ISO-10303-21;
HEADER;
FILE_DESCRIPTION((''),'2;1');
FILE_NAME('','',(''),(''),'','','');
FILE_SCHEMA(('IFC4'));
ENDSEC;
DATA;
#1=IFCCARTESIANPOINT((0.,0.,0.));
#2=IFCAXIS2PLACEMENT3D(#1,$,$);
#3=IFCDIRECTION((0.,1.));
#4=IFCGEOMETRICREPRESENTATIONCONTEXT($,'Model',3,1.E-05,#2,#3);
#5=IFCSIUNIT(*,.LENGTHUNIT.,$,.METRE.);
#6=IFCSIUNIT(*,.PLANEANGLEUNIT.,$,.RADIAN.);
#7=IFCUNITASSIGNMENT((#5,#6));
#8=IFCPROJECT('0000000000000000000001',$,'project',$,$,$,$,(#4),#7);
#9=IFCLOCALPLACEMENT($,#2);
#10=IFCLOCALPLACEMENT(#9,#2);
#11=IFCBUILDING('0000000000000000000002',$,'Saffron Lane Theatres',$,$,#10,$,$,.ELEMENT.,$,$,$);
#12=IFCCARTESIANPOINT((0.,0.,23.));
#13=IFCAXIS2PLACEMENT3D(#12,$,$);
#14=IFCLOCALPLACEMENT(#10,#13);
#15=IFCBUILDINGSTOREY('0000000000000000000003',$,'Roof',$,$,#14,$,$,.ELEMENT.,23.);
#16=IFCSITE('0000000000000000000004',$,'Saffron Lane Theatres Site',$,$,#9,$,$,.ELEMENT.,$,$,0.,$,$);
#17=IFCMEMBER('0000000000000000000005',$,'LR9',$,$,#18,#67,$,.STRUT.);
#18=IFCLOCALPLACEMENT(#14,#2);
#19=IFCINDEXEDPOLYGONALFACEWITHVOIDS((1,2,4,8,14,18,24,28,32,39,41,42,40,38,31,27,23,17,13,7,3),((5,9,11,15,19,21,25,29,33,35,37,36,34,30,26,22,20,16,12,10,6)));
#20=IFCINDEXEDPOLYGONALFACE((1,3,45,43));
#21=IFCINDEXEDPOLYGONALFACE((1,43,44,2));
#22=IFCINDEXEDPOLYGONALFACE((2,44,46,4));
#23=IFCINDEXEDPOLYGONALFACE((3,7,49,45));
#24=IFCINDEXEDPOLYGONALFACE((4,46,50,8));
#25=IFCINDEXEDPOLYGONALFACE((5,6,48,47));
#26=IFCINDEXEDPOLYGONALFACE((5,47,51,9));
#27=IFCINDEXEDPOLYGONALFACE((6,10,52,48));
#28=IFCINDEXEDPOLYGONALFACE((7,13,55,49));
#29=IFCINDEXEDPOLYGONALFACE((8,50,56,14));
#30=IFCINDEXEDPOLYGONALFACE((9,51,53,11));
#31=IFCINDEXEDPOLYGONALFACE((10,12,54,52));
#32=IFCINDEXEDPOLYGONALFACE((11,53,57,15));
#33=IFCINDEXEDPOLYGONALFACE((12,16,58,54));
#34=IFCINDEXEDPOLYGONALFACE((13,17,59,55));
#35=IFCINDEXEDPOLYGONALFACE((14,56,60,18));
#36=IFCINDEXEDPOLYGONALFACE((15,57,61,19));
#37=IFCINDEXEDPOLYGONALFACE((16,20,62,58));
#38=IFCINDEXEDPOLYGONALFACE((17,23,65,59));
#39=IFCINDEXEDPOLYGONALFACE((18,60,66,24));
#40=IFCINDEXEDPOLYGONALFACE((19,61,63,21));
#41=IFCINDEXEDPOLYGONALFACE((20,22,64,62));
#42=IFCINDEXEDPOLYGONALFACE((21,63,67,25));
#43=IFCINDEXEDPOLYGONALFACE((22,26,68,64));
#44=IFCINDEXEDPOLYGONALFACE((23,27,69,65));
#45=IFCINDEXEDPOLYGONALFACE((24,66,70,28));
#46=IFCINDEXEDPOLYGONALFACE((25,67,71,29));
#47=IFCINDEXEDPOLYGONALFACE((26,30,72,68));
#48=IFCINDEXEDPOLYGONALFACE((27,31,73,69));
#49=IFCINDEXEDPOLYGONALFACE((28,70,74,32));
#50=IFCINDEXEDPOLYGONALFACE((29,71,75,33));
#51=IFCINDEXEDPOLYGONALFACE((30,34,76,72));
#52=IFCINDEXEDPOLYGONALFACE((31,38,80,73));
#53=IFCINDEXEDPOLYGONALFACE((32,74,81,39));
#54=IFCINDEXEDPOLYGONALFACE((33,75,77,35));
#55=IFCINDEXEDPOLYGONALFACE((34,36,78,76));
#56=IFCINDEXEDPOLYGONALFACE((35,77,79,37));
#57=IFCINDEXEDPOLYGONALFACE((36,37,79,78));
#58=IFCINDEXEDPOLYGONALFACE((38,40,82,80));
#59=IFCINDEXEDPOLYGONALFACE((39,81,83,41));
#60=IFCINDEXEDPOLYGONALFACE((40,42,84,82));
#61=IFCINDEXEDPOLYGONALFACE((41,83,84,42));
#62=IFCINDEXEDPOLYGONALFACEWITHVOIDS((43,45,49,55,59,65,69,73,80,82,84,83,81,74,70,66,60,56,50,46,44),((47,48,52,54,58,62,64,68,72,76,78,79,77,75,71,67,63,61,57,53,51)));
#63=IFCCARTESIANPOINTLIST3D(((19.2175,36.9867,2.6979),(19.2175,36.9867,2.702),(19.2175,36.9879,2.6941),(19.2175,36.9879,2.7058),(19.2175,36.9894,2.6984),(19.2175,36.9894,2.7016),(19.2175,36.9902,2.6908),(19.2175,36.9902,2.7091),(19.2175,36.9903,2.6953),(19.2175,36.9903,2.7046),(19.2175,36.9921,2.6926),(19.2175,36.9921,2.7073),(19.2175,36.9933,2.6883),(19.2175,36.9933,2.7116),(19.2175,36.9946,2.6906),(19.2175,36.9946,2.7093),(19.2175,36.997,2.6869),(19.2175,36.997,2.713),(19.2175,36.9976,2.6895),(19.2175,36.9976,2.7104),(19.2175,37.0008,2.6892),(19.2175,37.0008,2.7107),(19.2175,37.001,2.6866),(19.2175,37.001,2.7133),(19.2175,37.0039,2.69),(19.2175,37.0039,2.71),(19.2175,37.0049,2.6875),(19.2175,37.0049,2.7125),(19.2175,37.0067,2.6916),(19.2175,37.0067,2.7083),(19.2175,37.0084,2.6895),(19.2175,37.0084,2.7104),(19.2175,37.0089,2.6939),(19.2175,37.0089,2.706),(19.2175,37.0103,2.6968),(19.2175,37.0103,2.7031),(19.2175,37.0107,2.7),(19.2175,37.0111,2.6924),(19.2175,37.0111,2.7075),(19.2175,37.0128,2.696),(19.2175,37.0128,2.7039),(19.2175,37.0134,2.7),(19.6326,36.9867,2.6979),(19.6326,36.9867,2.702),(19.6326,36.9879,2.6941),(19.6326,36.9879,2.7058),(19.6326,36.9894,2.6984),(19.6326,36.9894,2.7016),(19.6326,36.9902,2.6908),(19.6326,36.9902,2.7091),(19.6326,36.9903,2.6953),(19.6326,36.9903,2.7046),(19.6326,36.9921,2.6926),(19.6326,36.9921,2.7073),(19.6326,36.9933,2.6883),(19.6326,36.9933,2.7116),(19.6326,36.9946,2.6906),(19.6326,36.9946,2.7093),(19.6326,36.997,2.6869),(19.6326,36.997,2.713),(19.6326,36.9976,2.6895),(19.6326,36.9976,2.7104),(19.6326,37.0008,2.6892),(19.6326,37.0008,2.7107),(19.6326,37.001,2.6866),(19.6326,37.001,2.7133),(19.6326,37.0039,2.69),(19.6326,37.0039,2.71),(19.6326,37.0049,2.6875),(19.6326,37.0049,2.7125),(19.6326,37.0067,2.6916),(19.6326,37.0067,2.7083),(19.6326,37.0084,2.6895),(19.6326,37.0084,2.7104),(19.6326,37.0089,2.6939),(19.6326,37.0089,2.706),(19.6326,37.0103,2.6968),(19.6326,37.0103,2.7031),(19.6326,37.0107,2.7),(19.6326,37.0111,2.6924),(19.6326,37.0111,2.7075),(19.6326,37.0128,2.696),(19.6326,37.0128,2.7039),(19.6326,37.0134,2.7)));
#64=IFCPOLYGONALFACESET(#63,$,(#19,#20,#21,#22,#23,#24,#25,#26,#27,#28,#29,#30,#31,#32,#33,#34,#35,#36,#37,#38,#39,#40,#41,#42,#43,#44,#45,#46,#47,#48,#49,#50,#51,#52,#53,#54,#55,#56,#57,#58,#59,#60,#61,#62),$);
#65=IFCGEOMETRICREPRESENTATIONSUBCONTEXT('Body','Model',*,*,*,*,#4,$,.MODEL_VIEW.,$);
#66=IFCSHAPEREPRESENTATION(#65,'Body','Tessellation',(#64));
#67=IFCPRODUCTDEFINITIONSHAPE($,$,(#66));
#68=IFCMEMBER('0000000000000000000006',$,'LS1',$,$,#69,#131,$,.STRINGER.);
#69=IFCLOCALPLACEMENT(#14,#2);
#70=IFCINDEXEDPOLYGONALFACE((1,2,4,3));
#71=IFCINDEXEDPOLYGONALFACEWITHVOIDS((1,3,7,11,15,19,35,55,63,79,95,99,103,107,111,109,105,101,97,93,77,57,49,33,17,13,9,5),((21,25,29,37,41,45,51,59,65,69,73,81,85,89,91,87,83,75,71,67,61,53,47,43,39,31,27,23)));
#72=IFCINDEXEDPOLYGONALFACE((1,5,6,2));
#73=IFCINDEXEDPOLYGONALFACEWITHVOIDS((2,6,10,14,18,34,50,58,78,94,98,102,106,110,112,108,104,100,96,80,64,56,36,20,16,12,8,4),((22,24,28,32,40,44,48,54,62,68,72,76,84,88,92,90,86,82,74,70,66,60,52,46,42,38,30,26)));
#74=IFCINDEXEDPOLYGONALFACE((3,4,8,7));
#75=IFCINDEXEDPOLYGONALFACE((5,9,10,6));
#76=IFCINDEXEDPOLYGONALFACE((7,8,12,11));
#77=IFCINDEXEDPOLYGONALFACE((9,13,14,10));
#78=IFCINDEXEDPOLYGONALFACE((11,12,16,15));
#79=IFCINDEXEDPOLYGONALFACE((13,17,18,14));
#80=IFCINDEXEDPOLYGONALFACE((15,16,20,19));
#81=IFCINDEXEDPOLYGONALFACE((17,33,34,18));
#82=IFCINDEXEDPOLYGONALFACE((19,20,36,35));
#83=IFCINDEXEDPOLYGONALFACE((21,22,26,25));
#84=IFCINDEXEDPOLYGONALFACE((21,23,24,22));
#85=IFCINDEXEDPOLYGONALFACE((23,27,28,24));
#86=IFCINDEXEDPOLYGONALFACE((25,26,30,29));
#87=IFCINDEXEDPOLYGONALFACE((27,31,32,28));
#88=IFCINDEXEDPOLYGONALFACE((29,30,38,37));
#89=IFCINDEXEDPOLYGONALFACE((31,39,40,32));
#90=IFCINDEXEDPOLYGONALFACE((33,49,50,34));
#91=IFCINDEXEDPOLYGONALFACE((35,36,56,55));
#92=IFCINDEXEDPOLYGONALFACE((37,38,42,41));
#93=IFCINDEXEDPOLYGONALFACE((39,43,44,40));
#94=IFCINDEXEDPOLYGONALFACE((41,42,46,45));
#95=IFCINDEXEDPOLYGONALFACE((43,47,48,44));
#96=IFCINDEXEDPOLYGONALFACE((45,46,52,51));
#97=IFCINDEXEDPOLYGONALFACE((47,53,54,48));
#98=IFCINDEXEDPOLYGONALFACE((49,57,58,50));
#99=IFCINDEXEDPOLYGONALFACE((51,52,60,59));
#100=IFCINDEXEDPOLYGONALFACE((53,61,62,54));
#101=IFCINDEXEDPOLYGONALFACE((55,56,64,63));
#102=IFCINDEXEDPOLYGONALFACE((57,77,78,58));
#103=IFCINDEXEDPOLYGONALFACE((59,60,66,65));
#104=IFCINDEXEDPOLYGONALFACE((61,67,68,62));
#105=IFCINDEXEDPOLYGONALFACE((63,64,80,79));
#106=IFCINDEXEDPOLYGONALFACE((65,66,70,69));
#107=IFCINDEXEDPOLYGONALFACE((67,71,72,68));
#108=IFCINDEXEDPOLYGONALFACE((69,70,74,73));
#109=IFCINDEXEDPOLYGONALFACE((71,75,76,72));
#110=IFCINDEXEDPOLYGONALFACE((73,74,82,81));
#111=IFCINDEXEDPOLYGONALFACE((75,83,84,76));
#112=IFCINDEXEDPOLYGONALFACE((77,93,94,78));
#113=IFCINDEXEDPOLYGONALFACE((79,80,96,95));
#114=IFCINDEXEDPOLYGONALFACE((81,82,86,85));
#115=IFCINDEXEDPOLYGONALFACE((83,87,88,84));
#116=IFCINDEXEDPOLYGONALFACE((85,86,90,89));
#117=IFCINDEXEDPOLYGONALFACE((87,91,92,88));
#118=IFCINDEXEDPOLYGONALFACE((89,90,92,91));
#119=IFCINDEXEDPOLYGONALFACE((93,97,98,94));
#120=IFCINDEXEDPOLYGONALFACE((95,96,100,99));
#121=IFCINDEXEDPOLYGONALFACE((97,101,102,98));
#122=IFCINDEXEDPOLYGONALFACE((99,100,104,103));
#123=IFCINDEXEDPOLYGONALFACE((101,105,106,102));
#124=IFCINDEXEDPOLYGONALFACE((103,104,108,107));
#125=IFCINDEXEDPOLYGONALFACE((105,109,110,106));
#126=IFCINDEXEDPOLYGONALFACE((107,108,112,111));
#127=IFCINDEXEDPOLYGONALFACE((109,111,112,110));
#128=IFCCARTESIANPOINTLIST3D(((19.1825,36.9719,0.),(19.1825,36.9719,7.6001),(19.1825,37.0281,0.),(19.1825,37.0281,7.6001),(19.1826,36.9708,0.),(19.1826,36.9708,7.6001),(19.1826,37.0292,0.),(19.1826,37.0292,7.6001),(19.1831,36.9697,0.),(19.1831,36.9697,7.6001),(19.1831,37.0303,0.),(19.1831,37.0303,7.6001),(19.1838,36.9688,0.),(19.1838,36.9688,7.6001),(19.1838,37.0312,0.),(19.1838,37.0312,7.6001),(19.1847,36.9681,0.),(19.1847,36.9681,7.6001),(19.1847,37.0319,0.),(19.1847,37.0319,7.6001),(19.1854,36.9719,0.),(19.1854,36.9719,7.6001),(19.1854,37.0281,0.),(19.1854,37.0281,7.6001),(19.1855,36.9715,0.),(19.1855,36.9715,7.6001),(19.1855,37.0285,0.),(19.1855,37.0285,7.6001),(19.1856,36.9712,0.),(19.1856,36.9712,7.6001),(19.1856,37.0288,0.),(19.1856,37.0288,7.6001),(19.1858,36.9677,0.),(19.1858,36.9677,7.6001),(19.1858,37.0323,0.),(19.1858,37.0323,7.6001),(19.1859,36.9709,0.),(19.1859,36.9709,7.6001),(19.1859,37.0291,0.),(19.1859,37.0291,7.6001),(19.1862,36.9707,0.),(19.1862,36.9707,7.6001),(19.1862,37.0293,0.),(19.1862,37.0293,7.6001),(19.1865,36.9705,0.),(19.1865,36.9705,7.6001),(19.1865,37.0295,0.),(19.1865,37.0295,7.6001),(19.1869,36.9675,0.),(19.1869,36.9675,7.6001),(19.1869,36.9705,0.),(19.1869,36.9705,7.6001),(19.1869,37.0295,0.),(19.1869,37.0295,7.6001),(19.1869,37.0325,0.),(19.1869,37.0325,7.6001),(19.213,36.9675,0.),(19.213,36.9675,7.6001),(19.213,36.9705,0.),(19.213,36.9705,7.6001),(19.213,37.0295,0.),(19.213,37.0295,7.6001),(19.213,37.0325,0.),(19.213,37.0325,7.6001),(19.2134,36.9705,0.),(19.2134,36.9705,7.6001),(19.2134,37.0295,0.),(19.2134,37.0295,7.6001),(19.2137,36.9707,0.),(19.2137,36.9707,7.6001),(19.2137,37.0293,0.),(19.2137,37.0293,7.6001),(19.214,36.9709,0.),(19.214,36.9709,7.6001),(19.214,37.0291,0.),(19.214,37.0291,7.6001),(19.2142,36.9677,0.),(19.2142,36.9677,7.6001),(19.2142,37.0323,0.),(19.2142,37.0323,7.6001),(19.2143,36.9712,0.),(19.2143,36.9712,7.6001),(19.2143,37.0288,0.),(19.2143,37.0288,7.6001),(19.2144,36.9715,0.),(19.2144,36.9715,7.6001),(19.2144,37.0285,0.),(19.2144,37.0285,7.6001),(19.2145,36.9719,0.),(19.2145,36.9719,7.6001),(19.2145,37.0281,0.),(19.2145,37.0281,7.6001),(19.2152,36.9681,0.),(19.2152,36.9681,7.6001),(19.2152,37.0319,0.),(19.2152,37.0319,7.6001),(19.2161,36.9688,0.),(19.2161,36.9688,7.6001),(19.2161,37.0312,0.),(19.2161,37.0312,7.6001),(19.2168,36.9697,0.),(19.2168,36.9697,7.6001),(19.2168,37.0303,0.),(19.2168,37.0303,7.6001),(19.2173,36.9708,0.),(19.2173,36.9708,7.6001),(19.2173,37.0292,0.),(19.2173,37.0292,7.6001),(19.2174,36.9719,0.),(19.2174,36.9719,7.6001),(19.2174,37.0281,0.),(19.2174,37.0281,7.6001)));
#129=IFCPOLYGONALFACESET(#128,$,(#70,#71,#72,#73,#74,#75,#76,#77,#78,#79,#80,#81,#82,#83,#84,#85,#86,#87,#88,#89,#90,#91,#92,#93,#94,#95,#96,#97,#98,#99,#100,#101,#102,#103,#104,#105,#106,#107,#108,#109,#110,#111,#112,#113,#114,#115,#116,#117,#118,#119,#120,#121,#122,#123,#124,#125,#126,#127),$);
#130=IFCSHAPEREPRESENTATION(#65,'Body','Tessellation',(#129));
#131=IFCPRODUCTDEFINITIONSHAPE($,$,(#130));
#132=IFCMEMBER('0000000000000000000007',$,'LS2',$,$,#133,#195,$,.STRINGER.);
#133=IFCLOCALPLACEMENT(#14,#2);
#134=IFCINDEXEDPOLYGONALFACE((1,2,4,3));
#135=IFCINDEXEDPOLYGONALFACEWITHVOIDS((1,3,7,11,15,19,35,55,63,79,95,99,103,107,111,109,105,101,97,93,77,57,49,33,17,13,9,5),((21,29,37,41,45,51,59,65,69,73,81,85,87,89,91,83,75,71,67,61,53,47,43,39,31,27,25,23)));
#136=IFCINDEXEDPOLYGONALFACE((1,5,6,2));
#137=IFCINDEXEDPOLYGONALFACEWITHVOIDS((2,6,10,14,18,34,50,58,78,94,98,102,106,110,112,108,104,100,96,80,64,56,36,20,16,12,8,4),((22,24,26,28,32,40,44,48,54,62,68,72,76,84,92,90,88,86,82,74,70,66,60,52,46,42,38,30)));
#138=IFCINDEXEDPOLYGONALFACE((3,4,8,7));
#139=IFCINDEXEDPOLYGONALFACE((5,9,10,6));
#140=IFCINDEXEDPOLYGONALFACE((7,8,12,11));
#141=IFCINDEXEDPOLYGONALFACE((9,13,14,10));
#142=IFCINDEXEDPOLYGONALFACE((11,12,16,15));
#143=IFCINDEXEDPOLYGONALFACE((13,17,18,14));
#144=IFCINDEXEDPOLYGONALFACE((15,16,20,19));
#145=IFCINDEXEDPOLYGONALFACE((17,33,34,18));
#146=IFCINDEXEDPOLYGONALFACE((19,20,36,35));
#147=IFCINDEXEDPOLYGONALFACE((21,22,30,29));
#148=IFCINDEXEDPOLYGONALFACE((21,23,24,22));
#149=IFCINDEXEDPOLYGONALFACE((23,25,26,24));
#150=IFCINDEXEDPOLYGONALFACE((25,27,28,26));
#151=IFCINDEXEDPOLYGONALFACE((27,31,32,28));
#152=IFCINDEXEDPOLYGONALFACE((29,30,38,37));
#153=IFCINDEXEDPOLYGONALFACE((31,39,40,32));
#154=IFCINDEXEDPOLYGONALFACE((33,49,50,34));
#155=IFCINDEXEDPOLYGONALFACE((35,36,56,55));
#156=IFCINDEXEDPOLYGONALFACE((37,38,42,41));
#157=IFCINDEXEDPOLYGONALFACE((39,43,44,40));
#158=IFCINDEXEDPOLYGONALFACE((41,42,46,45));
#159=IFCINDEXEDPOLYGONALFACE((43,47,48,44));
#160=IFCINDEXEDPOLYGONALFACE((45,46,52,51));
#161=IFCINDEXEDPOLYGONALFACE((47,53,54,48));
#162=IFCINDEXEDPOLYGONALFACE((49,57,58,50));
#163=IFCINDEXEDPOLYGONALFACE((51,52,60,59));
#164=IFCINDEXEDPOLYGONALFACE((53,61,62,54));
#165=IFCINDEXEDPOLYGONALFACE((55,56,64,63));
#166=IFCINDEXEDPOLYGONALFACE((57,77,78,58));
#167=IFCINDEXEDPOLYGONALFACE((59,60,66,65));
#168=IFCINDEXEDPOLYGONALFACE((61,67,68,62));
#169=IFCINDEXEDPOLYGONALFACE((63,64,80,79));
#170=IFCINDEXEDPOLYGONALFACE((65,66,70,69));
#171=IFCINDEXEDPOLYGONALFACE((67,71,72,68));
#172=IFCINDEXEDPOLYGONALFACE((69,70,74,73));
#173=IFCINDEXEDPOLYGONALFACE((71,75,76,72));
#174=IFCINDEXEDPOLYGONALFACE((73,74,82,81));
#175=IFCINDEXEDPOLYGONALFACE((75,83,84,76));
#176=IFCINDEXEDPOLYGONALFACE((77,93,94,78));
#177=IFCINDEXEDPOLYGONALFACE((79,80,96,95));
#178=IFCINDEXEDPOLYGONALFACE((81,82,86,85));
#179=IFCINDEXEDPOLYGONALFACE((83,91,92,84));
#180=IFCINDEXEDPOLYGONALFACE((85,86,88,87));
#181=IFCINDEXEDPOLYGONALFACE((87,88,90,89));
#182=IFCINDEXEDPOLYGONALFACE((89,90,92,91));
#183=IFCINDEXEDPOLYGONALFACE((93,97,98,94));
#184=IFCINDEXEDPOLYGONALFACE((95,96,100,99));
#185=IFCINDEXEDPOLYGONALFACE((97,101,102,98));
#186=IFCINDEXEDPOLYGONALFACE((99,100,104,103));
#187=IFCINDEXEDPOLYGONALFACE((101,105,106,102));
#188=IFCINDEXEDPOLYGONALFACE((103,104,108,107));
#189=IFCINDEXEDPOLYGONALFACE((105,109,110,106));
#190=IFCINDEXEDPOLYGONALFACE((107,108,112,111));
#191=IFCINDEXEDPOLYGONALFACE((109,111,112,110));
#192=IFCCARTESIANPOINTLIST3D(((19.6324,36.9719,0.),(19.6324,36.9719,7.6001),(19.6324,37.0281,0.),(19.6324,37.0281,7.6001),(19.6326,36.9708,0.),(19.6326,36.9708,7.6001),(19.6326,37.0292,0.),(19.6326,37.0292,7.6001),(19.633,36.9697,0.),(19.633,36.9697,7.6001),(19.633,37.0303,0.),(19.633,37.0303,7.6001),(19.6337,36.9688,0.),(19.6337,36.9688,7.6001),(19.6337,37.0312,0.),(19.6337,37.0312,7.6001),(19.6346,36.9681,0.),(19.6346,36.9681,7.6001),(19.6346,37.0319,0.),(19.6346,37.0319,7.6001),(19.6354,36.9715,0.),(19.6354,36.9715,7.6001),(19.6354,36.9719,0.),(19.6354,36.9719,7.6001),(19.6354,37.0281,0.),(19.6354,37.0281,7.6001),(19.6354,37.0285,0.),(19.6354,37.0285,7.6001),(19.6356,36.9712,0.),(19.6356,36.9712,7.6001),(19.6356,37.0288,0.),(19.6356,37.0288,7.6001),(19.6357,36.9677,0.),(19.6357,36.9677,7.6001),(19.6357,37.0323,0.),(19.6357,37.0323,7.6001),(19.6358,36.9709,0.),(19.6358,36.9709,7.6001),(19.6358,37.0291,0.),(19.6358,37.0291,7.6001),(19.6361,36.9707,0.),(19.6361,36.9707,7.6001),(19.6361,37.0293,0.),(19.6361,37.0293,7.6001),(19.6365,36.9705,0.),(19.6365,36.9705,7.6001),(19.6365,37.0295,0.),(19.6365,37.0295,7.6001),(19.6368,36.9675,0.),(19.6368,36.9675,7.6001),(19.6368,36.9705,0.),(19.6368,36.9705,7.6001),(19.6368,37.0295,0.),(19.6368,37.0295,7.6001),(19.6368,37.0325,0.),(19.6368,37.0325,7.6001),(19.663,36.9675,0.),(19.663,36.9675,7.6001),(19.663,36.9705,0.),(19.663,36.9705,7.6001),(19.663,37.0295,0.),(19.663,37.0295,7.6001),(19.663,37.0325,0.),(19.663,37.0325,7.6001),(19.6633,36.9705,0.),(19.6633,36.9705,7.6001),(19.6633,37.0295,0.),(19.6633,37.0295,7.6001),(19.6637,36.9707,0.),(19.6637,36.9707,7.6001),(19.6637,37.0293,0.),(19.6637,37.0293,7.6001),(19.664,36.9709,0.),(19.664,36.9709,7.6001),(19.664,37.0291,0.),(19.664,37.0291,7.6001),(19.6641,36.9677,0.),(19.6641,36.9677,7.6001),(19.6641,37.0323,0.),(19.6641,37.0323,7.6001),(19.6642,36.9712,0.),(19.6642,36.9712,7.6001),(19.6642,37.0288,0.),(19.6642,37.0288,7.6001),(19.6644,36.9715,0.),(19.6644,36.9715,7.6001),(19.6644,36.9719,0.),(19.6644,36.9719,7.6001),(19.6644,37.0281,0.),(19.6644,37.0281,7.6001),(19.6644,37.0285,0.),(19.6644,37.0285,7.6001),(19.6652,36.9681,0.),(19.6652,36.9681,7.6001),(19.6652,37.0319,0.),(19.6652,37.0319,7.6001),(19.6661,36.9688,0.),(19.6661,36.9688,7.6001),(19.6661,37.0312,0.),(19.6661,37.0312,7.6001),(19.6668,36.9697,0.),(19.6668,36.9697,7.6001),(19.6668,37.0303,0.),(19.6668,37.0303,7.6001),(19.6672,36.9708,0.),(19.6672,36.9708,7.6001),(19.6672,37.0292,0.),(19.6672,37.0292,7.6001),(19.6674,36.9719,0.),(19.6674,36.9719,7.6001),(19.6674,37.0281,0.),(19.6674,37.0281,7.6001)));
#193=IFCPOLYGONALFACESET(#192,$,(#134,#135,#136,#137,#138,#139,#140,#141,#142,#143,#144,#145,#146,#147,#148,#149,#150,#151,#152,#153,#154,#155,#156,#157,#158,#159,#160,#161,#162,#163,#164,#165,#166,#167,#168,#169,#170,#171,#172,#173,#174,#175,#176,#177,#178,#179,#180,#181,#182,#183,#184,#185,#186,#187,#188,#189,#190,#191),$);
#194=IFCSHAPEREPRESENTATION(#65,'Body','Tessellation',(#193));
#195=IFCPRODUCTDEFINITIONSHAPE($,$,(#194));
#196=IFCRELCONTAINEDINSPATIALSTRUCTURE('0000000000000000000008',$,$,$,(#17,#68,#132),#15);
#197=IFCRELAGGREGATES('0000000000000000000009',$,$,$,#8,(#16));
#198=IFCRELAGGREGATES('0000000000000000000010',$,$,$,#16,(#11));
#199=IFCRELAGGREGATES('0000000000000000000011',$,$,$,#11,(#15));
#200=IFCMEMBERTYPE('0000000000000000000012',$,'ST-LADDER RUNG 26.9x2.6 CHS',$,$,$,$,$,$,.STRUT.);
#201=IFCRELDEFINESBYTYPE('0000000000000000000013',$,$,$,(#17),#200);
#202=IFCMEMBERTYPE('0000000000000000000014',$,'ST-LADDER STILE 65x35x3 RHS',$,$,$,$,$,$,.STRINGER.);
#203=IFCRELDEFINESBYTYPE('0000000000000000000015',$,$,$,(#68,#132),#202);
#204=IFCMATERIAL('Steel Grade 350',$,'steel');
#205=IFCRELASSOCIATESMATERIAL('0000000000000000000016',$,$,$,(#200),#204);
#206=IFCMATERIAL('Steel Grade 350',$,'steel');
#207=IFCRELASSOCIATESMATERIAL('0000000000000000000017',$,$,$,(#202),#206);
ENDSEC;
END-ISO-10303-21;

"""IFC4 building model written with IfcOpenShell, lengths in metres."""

from ifc_helpers import new_model, si_unit, direction, frame, origin, origin_2d, place, context, subcontext, project, spatial, hollow_rectangle, hollow_circle, extrude, material, material_profile, profile_set, type_object, element, save


model = new_model("IFC4")

# Units and contexts
model_context = context("Model", 3, precision=1e-05, world=origin(), true_north=direction((0.0, 1.0)))
body_context = subcontext(model_context, "Body", "Model", "MODEL_VIEW")
ifc_project = project(units=[si_unit("LENGTHUNIT", "METRE"), si_unit("PLANEANGLEUNIT", "RADIAN")], contexts=[model_context])

# Site, building, storey
site_placement = place(None, origin())
site = spatial("IfcSite", under=ifc_project, at=site_placement, Name="Saffron Lane Theatres Site", CompositionType="ELEMENT", RefElevation=0.0)
building_placement = place(site_placement, origin())
building = spatial("IfcBuilding", under=site, at=building_placement, Name="Saffron Lane Theatres", CompositionType="ELEMENT")
storey_placement = place(building_placement, frame((0.0, 0.0, 23.0)))
storey = spatial("IfcBuildingStorey", under=building, at=storey_placement, Name="Roof", CompositionType="ELEMENT", Elevation=23.0)

# Members
ifc_material_1 = material(Name="Steel Grade 350", Category="steel")
ifc_material_profile_1 = material_profile(ifc_material_1, hollow_circle(Radius=0.0134, WallThickness=0.0027, at=origin_2d()))
ifc_profile_set_1 = profile_set([ifc_material_profile_1], Name="Steel Grade 350")
member_type_1 = type_object("IfcMemberType", Name="ST-LADDER RUNG 26.9x2.6 CHS", PredefinedType="STRUT", material=ifc_profile_set_1)
for number, where, z_axis, x_axis, name in (
    (1, (19.2175, 37.0, 2.7), (1.0, 0.0, 0.0), (0.0, 1.0, 0.0), "LR9"),
):
    element("IfcMember", number, at=place(storey_placement, frame(where, z_axis=z_axis, x_axis=x_axis)), inside=storey, type_object=member_type_1, Name=name, PredefinedType="STRUT", context=body_context, shape_type="SweptSolid", body=[
        extrude(hollow_circle(Radius=0.0134, WallThickness=0.0027, at=origin_2d()), origin(), (0.0, 0.0, 1.0), 0.415),
    ])
ifc_material_2 = material(Name="Steel Grade 350", Category="steel")
ifc_material_profile_2 = material_profile(ifc_material_2, hollow_rectangle(XDim=0.0349, YDim=0.0649, WallThickness=0.0029, InnerFilletRadius=0.0015, OuterFilletRadius=0.0044, at=origin_2d()))
ifc_profile_set_2 = profile_set([ifc_material_profile_2], Name="Steel Grade 350")
member_type_2 = type_object("IfcMemberType", Name="ST-LADDER STILE 65x35x3 RHS", PredefinedType="STRINGER", material=ifc_profile_set_2)
for number, where, z_axis, x_axis, name in (
    (2, (19.2, 37.0, 0.0), (0.0, 0.0, 1.0), (1.0, 0.0, 0.0), "LS1"),
    (3, (19.6499, 37.0, 0.0), (0.0, 0.0, 1.0), (1.0, 0.0, 0.0), "LS2"),
):
    element("IfcMember", number, at=place(storey_placement, frame(where, z_axis=z_axis, x_axis=x_axis)), inside=storey, type_object=member_type_2, Name=name, PredefinedType="STRINGER", context=body_context, shape_type="SweptSolid", body=[
        extrude(hollow_rectangle(XDim=0.0349, YDim=0.0649, WallThickness=0.0029, InnerFilletRadius=0.0015, OuterFilletRadius=0.0044, at=origin_2d()), origin(), (0.0, 0.0, 1.0), 7.6001),
    ])

save(model, "model.ifc")
